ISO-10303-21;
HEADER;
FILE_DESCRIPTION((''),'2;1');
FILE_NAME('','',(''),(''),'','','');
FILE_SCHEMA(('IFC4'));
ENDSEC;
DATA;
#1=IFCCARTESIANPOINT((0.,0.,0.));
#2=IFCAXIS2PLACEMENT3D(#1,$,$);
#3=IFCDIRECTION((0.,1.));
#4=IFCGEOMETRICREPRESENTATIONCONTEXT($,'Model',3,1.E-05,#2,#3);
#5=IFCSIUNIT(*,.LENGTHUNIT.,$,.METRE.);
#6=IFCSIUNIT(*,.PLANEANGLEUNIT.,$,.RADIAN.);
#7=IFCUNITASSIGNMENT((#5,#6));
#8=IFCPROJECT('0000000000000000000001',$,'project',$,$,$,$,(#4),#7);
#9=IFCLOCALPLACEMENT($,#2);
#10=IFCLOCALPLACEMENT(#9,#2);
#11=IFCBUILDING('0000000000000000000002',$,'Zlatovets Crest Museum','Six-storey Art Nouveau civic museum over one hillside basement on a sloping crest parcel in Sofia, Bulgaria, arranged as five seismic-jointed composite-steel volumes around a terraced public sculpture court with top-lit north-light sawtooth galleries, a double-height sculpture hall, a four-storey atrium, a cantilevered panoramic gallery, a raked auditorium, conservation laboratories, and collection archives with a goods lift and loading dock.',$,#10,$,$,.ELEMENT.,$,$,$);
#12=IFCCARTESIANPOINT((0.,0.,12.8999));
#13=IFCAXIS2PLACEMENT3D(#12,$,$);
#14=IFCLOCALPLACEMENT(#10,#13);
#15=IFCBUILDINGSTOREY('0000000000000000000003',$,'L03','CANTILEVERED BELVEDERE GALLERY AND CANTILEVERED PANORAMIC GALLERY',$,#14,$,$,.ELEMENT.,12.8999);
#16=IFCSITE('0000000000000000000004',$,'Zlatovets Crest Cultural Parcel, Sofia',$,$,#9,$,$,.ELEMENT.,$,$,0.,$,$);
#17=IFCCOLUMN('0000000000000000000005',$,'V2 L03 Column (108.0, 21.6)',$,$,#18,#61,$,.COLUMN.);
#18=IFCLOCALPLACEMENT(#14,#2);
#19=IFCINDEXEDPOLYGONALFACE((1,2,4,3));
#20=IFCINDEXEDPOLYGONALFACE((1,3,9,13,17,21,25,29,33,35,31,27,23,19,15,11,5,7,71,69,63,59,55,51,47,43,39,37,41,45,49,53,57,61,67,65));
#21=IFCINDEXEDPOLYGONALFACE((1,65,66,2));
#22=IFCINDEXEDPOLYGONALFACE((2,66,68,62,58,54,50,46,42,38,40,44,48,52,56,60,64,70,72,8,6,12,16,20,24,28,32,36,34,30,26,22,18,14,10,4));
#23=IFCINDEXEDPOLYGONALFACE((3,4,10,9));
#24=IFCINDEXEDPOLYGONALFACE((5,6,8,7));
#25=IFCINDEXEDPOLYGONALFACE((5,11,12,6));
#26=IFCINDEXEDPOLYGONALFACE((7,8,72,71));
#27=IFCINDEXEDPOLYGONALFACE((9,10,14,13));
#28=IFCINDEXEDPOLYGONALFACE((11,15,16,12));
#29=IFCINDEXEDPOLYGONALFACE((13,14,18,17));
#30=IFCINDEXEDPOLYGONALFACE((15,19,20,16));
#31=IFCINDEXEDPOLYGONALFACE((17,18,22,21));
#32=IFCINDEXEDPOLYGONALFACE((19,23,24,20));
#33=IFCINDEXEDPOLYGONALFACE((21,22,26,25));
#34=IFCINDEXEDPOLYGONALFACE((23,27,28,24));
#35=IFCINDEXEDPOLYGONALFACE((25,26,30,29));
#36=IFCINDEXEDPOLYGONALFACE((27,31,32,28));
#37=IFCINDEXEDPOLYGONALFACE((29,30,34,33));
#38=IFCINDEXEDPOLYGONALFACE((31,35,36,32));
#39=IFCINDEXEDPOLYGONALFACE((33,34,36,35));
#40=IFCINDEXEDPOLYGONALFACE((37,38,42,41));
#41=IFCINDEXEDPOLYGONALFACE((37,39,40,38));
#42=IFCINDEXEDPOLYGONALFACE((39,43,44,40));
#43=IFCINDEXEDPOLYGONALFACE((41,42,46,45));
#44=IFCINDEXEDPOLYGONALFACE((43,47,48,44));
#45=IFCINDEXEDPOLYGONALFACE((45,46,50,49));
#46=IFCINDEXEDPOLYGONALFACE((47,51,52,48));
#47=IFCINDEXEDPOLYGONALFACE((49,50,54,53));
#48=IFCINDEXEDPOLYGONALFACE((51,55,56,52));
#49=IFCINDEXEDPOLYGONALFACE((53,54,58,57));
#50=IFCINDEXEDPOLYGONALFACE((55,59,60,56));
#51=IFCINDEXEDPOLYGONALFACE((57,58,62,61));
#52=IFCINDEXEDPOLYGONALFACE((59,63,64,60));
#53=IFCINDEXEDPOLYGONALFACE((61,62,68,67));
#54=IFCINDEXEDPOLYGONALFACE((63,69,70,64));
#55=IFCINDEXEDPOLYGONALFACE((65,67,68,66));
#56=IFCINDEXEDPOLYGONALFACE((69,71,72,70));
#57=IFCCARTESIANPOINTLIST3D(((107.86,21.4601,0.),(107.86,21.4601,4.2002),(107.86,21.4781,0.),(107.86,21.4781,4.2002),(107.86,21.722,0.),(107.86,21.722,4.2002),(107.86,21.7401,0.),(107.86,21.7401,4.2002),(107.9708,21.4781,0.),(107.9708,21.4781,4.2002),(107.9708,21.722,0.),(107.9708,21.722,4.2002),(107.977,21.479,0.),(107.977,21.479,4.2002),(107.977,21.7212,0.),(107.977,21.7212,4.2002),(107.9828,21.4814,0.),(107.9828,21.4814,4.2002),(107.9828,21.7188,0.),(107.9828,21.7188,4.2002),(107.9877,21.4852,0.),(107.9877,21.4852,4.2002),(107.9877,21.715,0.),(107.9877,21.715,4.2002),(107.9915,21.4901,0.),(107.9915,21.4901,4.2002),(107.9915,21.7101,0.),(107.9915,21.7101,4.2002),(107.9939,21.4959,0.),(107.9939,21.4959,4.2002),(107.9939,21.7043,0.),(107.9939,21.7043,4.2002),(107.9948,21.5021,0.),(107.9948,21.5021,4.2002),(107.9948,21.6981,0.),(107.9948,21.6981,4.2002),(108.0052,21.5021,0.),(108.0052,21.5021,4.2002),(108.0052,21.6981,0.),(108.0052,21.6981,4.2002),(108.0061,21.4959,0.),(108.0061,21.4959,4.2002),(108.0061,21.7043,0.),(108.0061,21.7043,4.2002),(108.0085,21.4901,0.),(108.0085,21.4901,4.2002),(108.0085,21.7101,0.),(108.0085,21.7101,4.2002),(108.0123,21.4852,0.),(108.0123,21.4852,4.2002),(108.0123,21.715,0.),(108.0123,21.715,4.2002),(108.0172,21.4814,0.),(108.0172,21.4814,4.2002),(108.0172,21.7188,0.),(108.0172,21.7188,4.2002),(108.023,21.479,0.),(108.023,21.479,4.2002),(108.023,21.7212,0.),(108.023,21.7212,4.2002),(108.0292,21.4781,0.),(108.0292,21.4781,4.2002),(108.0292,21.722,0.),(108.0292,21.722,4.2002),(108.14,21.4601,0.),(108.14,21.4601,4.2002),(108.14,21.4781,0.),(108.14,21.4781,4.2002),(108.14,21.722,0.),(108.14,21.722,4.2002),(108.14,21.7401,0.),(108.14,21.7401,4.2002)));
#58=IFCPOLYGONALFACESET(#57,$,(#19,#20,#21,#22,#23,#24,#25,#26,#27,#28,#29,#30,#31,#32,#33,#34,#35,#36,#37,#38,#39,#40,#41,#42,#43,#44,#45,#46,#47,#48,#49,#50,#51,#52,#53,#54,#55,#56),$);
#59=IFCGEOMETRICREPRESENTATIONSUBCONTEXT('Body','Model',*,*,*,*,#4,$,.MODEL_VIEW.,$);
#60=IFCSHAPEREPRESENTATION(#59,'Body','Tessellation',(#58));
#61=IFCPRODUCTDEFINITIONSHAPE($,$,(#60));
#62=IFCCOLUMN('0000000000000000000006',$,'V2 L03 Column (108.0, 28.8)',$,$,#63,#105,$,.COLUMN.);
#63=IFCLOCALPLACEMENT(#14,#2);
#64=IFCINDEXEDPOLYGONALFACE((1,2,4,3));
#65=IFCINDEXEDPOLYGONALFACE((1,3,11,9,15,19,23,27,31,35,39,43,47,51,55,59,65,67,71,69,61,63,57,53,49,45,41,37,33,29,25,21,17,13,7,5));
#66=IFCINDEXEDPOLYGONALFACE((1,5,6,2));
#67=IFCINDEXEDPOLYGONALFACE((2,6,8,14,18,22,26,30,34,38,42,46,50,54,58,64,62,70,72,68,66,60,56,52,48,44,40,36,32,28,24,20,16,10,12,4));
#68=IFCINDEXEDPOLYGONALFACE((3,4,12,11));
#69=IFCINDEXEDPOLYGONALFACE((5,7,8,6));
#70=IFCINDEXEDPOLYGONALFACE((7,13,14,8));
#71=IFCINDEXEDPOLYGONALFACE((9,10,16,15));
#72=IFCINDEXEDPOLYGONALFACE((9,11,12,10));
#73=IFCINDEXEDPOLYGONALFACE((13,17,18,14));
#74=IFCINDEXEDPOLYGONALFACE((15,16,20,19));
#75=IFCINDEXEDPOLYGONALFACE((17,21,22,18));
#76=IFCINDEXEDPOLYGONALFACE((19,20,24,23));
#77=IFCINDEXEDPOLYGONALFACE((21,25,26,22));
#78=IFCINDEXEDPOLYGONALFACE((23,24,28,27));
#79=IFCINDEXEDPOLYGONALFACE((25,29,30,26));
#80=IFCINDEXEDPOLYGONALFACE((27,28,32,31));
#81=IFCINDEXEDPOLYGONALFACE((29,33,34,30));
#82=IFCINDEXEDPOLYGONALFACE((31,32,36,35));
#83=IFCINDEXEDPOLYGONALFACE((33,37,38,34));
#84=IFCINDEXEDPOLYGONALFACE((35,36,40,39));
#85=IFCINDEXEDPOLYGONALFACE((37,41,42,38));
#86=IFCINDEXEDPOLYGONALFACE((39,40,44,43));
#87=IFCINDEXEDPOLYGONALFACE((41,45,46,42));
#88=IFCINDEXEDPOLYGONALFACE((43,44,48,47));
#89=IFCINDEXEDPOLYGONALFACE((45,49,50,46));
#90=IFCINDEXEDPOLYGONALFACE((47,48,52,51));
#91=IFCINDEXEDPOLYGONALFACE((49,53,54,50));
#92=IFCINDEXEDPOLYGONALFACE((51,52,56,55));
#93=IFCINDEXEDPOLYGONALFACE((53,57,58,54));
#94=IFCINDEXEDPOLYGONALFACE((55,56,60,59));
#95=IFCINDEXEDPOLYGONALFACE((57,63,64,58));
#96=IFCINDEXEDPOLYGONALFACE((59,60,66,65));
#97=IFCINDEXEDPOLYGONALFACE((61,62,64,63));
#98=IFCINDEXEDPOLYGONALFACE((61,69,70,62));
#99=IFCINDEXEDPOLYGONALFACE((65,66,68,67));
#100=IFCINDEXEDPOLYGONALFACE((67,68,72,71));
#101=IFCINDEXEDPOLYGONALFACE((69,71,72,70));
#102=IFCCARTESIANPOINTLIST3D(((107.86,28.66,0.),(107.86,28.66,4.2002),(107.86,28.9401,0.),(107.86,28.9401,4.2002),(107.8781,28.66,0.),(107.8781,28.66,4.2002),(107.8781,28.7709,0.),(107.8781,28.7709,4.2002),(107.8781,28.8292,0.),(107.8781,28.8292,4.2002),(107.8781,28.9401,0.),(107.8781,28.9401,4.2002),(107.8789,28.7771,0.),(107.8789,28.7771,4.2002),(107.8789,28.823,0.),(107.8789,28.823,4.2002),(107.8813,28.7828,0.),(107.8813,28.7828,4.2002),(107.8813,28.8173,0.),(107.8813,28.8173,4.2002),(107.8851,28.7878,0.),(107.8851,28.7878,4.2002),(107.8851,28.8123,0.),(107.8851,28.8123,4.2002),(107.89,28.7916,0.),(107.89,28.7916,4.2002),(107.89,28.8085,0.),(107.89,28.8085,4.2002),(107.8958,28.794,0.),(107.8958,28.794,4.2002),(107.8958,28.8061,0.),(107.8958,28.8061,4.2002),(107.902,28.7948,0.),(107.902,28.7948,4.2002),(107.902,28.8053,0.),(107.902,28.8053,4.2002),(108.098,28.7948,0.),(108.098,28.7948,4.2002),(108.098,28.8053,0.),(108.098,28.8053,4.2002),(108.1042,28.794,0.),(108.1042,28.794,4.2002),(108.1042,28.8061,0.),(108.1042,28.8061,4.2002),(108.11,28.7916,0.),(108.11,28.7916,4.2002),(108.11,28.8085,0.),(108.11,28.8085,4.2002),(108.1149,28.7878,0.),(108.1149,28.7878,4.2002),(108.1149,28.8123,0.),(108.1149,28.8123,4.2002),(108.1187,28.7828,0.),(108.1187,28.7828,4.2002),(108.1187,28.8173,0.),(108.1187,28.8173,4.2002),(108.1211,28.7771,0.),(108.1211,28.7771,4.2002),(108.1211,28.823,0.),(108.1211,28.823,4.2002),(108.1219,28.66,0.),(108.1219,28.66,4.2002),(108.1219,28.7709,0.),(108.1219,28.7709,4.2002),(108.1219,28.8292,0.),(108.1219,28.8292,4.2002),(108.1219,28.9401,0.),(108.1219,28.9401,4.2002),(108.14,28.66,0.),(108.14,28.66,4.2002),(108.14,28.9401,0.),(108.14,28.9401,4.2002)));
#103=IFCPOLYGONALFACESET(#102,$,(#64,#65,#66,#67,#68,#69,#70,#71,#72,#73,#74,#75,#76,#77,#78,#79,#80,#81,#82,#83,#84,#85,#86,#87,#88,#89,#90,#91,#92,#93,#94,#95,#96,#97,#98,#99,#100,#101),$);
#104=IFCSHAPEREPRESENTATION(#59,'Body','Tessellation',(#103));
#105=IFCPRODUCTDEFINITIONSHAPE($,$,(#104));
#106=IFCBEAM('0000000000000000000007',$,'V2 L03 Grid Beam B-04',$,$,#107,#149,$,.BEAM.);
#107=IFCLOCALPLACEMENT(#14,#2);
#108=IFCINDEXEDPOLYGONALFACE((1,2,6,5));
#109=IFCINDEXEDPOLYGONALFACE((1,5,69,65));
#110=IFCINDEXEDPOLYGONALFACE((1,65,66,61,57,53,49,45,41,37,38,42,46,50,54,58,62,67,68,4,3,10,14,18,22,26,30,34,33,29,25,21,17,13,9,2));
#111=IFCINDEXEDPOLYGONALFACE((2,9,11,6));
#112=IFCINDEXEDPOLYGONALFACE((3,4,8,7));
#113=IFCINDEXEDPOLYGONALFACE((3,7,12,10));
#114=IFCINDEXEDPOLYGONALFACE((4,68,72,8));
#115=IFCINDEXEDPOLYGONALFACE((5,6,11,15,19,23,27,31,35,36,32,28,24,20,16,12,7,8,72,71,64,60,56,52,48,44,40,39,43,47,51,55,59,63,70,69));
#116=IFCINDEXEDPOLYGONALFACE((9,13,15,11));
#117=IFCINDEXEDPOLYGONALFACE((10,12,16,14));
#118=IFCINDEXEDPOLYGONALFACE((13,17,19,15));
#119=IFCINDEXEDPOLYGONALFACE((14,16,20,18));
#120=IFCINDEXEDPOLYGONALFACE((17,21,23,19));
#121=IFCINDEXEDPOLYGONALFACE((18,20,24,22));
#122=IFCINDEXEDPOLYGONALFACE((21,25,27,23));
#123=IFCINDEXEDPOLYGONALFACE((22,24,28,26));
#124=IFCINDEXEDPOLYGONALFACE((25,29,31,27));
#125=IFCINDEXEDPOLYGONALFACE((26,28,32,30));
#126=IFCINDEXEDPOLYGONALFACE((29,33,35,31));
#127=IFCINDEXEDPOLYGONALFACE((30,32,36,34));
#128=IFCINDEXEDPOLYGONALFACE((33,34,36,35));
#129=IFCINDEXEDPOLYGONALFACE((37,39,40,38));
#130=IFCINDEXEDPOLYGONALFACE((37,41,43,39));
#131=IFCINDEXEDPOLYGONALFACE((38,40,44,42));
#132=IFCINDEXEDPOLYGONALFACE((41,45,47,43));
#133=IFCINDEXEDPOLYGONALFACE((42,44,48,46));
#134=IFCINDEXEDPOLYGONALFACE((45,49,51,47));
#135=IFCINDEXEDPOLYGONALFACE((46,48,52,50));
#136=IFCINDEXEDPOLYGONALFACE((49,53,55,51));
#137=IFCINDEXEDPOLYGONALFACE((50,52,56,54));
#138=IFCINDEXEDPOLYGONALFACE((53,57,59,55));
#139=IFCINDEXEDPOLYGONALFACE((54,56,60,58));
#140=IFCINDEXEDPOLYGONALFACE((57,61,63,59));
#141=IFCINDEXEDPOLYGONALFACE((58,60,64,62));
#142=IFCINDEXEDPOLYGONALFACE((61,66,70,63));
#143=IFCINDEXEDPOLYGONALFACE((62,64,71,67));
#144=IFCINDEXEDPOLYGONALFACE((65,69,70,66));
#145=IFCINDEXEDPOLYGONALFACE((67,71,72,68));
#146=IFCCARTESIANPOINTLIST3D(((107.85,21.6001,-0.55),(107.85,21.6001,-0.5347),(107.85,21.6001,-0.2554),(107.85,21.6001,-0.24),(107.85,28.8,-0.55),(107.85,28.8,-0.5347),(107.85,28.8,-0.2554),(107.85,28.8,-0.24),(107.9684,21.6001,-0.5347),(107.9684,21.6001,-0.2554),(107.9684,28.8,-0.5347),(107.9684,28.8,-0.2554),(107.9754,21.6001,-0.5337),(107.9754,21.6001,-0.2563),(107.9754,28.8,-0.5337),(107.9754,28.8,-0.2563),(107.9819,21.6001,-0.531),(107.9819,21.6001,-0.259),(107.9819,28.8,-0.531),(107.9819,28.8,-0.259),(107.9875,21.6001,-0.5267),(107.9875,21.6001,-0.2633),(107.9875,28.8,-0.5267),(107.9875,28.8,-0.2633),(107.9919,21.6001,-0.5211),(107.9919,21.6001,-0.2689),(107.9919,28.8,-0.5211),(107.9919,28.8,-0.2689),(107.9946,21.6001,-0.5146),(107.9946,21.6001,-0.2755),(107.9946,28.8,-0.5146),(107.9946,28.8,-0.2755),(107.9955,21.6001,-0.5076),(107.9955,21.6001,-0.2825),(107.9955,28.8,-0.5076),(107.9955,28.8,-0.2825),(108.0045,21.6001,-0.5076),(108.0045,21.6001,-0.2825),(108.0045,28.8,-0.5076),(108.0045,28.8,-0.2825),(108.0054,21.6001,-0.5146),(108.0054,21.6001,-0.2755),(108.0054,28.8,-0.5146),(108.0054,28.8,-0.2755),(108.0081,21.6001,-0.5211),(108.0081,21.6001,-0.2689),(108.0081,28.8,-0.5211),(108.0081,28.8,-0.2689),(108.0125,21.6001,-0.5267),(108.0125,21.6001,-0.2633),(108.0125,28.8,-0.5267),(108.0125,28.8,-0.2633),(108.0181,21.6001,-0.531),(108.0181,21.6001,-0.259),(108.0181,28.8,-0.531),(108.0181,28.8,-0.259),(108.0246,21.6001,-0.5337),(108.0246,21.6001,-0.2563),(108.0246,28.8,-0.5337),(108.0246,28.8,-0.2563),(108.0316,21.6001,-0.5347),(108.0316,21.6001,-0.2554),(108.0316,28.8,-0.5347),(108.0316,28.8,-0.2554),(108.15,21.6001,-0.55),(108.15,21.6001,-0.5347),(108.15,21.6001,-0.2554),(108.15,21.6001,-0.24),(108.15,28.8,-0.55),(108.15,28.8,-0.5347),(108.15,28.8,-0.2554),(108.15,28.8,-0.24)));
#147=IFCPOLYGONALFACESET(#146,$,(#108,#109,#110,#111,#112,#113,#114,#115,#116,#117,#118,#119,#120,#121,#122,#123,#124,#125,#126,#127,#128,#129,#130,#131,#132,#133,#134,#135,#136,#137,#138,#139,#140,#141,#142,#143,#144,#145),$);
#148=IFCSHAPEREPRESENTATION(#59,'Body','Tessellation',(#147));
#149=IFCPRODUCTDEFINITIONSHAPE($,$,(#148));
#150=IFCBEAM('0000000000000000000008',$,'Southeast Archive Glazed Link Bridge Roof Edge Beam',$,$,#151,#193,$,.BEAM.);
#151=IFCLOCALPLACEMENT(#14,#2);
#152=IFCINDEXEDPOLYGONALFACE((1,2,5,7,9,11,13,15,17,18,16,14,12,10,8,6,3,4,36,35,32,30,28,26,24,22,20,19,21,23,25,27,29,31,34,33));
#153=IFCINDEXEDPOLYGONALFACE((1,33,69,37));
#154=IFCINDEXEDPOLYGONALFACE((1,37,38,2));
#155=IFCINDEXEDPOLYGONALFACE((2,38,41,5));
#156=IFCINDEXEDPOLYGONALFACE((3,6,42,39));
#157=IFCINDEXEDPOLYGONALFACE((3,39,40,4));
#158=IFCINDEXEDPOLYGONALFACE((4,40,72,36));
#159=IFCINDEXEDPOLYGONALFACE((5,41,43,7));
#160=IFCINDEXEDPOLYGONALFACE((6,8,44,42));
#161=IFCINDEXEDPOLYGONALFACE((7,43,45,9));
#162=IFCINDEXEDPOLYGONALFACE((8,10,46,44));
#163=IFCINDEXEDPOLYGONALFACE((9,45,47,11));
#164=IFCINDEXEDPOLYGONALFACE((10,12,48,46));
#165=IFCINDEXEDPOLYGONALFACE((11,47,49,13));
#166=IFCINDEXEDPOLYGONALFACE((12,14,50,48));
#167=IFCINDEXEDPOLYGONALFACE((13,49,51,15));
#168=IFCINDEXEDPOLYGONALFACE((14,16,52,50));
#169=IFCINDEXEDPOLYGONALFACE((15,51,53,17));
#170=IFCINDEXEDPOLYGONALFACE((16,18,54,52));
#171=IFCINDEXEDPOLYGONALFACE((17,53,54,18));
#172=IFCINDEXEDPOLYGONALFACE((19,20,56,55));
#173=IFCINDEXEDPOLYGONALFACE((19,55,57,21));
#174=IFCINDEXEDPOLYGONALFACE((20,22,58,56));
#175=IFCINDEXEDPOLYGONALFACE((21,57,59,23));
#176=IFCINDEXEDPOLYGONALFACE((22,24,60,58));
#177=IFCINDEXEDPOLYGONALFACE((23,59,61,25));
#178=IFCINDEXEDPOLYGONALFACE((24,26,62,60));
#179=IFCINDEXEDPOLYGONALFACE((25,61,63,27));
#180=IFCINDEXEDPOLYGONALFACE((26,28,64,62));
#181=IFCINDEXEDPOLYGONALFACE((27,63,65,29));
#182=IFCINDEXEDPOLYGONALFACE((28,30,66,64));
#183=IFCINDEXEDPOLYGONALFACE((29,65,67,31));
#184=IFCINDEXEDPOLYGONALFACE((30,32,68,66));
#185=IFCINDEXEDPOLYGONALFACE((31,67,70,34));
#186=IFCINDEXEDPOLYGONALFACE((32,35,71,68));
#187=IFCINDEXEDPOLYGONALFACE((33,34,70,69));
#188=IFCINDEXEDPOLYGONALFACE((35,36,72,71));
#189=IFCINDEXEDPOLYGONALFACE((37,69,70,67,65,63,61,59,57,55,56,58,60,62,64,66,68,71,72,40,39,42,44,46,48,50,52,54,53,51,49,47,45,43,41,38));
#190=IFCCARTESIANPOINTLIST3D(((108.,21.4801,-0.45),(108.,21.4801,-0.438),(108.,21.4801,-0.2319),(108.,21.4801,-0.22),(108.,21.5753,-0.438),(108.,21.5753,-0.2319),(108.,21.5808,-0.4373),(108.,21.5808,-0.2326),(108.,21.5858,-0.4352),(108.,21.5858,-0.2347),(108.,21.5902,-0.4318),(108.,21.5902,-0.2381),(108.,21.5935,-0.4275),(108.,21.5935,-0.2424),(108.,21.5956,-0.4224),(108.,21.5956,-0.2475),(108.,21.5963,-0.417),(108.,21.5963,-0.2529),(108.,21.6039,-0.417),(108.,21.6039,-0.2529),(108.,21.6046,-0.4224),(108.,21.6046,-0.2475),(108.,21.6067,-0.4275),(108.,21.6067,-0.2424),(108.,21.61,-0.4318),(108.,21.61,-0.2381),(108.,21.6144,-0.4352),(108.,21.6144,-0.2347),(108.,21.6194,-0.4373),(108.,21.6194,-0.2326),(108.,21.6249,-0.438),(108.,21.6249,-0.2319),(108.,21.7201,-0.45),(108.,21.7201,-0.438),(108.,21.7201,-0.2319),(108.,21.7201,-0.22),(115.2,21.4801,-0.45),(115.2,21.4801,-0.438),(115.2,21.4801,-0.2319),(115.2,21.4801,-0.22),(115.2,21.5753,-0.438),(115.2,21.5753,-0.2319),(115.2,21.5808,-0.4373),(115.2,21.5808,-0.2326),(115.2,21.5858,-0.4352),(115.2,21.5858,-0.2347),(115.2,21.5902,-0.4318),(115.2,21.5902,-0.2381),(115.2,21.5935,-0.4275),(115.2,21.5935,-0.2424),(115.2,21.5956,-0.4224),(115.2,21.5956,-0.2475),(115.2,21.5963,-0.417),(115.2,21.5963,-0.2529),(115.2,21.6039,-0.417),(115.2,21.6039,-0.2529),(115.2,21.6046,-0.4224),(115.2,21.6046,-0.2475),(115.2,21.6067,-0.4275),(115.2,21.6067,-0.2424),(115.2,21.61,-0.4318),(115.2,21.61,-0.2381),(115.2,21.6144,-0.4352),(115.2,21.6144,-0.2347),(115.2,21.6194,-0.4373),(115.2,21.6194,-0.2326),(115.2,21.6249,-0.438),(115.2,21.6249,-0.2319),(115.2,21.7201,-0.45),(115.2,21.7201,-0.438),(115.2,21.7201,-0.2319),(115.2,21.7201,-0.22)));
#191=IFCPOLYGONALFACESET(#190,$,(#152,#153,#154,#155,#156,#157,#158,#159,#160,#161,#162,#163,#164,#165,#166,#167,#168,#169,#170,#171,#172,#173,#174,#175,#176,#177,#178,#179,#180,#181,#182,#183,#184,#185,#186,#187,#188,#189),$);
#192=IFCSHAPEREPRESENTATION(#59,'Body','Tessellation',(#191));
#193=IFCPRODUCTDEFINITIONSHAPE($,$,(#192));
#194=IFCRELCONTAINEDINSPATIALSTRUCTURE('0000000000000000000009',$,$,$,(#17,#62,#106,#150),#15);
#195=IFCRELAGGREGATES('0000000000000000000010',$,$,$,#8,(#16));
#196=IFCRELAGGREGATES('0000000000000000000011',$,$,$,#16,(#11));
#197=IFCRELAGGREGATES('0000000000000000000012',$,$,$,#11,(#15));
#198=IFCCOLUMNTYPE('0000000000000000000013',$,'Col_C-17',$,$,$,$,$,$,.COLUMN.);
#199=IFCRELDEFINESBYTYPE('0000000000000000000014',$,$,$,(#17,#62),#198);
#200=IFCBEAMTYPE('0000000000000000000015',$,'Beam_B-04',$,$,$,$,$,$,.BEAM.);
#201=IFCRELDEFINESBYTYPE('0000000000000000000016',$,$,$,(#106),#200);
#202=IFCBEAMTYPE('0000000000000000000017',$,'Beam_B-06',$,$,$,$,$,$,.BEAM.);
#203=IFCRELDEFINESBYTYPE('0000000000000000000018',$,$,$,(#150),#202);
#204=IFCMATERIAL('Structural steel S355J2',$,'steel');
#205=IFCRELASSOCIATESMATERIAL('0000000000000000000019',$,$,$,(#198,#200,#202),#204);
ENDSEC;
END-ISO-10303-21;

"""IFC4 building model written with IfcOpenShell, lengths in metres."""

from ifc_helpers import new_model, si_unit, direction, frame, origin, origin_2d, place, context, subcontext, project, spatial, i_section, extrude, material, material_profile, profile_set, type_object, element, save


model = new_model("IFC4")

# Units and contexts
model_context = context("Model", 3, precision=1e-05, world=origin(), true_north=direction((0.0, 1.0)))
body_context = subcontext(model_context, "Body", "Model", "MODEL_VIEW")
ifc_project = project(units=[si_unit("LENGTHUNIT", "METRE"), si_unit("PLANEANGLEUNIT", "RADIAN")], contexts=[model_context])

# Site, building, storey
site_placement = place(None, origin())
site = spatial("IfcSite", under=ifc_project, at=site_placement, Name="Zlatovets Crest Cultural Parcel, Sofia", CompositionType="ELEMENT", RefElevation=0.0)
building_placement = place(site_placement, origin())
building = spatial("IfcBuilding", under=site, at=building_placement, Name="Zlatovets Crest Museum", Description="Six-storey Art Nouveau civic museum over one hillside basement on a sloping crest parcel in Sofia, Bulgaria, arranged as five seismic-jointed composite-steel volumes around a terraced public sculpture court with top-lit north-light sawtooth galleries, a double-height sculpture hall, a four-storey atrium, a cantilevered panoramic gallery, a raked auditorium, conservation laboratories, and collection archives with a goods lift and loading dock.", CompositionType="ELEMENT")
storey_placement = place(building_placement, frame((0.0, 0.0, 12.8999)))
storey = spatial("IfcBuildingStorey", under=building, at=storey_placement, Name="L03", Description="CANTILEVERED BELVEDERE GALLERY AND CANTILEVERED PANORAMIC GALLERY", CompositionType="ELEMENT", Elevation=12.8999)

# Columns
ifc_material_1 = material(Name="Structural steel S355J2", Category="steel")
ifc_material_profile_1 = material_profile(ifc_material_1, i_section(OverallWidth=0.28, OverallDepth=0.28, WebThickness=0.0105, FlangeThickness=0.0181, FilletRadius=0.0239, at=origin_2d()), Name="HEB 280")
ifc_profile_set_1 = profile_set([ifc_material_profile_1], Name="Structural steel S355J2")
column_type = type_object("IfcColumnType", Name="Col_C-17", PredefinedType="COLUMN", material=ifc_profile_set_1)
for number, where, z_axis, x_axis, name in (
    (1, (108.0, 21.6001, 0.0), (0.0, 0.0, 1.0), (1.0, 0.0, 0.0), "V2 L03 Column (108.0, 21.6)"),
    (2, (108.0, 28.8, 0.0), (0.0, 0.0, 1.0), (0.0, 1.0, 0.0), "V2 L03 Column (108.0, 28.8)"),
):
    element("IfcColumn", number, at=place(storey_placement, frame(where, z_axis=z_axis, x_axis=x_axis)), inside=storey, type_object=column_type, Name=name, PredefinedType="COLUMN", context=body_context, shape_type="SweptSolid", body=[
        extrude(i_section(OverallWidth=0.28, OverallDepth=0.28, WebThickness=0.0105, FlangeThickness=0.0181, FilletRadius=0.0239, at=origin_2d()), origin(), (0.0, 0.0, 1.0), 4.2002),
    ])

# Beams
ifc_material_profile_2 = material_profile(ifc_material_1, i_section(OverallWidth=0.3, OverallDepth=0.3101, WebThickness=0.009, FlangeThickness=0.0154, FilletRadius=0.0271, at=origin_2d()), Name="HEA 320")
ifc_profile_set_2 = profile_set([ifc_material_profile_2], Name="Structural steel S355J2")
beam_type_1 = type_object("IfcBeamType", Name="Beam_B-04", PredefinedType="BEAM", material=ifc_profile_set_2)
beam_placement = place(storey_placement, frame((108.0, 21.6001, -0.395), z_axis=(0.0, 1.0, 0.0), x_axis=(-1.0, 0.0, 0.0)))
element("IfcBeam", 3, at=beam_placement, inside=storey, type_object=beam_type_1, Name="V2 L03 Grid Beam B-04", PredefinedType="BEAM", context=body_context, shape_type="SweptSolid", body=[
    extrude(i_section(OverallWidth=0.3, OverallDepth=0.3101, WebThickness=0.009, FlangeThickness=0.0154, FilletRadius=0.0271, at=origin_2d()), origin(), (0.0, 0.0, 1.0), 7.2),
])
ifc_material_profile_3 = material_profile(ifc_material_1, i_section(OverallWidth=0.24, OverallDepth=0.23, WebThickness=0.0076, FlangeThickness=0.012, FilletRadius=0.021, at=origin_2d()), Name="HEA 240")
ifc_profile_set_3 = profile_set([ifc_material_profile_3], Name="Structural steel S355J2")
beam_type_2 = type_object("IfcBeamType", Name="Beam_B-06", PredefinedType="BEAM", material=ifc_profile_set_3)
for number, where, z_axis, x_axis, name in (
    (4, (108.0, 21.6001, -0.335), (1.0, 0.0, 0.0), (0.0, 1.0, 0.0), "Southeast Archive Glazed Link Bridge Roof Edge Beam"),
):
    element("IfcBeam", number, at=place(storey_placement, frame(where, z_axis=z_axis, x_axis=x_axis)), inside=storey, type_object=beam_type_2, Name=name, PredefinedType="BEAM", context=body_context, shape_type="SweptSolid", body=[
        extrude(i_section(OverallWidth=0.24, OverallDepth=0.23, WebThickness=0.0076, FlangeThickness=0.012, FilletRadius=0.021, at=origin_2d()), origin(), (0.0, 0.0, 1.0), 7.2),
    ])

save(model, "model.ifc")
